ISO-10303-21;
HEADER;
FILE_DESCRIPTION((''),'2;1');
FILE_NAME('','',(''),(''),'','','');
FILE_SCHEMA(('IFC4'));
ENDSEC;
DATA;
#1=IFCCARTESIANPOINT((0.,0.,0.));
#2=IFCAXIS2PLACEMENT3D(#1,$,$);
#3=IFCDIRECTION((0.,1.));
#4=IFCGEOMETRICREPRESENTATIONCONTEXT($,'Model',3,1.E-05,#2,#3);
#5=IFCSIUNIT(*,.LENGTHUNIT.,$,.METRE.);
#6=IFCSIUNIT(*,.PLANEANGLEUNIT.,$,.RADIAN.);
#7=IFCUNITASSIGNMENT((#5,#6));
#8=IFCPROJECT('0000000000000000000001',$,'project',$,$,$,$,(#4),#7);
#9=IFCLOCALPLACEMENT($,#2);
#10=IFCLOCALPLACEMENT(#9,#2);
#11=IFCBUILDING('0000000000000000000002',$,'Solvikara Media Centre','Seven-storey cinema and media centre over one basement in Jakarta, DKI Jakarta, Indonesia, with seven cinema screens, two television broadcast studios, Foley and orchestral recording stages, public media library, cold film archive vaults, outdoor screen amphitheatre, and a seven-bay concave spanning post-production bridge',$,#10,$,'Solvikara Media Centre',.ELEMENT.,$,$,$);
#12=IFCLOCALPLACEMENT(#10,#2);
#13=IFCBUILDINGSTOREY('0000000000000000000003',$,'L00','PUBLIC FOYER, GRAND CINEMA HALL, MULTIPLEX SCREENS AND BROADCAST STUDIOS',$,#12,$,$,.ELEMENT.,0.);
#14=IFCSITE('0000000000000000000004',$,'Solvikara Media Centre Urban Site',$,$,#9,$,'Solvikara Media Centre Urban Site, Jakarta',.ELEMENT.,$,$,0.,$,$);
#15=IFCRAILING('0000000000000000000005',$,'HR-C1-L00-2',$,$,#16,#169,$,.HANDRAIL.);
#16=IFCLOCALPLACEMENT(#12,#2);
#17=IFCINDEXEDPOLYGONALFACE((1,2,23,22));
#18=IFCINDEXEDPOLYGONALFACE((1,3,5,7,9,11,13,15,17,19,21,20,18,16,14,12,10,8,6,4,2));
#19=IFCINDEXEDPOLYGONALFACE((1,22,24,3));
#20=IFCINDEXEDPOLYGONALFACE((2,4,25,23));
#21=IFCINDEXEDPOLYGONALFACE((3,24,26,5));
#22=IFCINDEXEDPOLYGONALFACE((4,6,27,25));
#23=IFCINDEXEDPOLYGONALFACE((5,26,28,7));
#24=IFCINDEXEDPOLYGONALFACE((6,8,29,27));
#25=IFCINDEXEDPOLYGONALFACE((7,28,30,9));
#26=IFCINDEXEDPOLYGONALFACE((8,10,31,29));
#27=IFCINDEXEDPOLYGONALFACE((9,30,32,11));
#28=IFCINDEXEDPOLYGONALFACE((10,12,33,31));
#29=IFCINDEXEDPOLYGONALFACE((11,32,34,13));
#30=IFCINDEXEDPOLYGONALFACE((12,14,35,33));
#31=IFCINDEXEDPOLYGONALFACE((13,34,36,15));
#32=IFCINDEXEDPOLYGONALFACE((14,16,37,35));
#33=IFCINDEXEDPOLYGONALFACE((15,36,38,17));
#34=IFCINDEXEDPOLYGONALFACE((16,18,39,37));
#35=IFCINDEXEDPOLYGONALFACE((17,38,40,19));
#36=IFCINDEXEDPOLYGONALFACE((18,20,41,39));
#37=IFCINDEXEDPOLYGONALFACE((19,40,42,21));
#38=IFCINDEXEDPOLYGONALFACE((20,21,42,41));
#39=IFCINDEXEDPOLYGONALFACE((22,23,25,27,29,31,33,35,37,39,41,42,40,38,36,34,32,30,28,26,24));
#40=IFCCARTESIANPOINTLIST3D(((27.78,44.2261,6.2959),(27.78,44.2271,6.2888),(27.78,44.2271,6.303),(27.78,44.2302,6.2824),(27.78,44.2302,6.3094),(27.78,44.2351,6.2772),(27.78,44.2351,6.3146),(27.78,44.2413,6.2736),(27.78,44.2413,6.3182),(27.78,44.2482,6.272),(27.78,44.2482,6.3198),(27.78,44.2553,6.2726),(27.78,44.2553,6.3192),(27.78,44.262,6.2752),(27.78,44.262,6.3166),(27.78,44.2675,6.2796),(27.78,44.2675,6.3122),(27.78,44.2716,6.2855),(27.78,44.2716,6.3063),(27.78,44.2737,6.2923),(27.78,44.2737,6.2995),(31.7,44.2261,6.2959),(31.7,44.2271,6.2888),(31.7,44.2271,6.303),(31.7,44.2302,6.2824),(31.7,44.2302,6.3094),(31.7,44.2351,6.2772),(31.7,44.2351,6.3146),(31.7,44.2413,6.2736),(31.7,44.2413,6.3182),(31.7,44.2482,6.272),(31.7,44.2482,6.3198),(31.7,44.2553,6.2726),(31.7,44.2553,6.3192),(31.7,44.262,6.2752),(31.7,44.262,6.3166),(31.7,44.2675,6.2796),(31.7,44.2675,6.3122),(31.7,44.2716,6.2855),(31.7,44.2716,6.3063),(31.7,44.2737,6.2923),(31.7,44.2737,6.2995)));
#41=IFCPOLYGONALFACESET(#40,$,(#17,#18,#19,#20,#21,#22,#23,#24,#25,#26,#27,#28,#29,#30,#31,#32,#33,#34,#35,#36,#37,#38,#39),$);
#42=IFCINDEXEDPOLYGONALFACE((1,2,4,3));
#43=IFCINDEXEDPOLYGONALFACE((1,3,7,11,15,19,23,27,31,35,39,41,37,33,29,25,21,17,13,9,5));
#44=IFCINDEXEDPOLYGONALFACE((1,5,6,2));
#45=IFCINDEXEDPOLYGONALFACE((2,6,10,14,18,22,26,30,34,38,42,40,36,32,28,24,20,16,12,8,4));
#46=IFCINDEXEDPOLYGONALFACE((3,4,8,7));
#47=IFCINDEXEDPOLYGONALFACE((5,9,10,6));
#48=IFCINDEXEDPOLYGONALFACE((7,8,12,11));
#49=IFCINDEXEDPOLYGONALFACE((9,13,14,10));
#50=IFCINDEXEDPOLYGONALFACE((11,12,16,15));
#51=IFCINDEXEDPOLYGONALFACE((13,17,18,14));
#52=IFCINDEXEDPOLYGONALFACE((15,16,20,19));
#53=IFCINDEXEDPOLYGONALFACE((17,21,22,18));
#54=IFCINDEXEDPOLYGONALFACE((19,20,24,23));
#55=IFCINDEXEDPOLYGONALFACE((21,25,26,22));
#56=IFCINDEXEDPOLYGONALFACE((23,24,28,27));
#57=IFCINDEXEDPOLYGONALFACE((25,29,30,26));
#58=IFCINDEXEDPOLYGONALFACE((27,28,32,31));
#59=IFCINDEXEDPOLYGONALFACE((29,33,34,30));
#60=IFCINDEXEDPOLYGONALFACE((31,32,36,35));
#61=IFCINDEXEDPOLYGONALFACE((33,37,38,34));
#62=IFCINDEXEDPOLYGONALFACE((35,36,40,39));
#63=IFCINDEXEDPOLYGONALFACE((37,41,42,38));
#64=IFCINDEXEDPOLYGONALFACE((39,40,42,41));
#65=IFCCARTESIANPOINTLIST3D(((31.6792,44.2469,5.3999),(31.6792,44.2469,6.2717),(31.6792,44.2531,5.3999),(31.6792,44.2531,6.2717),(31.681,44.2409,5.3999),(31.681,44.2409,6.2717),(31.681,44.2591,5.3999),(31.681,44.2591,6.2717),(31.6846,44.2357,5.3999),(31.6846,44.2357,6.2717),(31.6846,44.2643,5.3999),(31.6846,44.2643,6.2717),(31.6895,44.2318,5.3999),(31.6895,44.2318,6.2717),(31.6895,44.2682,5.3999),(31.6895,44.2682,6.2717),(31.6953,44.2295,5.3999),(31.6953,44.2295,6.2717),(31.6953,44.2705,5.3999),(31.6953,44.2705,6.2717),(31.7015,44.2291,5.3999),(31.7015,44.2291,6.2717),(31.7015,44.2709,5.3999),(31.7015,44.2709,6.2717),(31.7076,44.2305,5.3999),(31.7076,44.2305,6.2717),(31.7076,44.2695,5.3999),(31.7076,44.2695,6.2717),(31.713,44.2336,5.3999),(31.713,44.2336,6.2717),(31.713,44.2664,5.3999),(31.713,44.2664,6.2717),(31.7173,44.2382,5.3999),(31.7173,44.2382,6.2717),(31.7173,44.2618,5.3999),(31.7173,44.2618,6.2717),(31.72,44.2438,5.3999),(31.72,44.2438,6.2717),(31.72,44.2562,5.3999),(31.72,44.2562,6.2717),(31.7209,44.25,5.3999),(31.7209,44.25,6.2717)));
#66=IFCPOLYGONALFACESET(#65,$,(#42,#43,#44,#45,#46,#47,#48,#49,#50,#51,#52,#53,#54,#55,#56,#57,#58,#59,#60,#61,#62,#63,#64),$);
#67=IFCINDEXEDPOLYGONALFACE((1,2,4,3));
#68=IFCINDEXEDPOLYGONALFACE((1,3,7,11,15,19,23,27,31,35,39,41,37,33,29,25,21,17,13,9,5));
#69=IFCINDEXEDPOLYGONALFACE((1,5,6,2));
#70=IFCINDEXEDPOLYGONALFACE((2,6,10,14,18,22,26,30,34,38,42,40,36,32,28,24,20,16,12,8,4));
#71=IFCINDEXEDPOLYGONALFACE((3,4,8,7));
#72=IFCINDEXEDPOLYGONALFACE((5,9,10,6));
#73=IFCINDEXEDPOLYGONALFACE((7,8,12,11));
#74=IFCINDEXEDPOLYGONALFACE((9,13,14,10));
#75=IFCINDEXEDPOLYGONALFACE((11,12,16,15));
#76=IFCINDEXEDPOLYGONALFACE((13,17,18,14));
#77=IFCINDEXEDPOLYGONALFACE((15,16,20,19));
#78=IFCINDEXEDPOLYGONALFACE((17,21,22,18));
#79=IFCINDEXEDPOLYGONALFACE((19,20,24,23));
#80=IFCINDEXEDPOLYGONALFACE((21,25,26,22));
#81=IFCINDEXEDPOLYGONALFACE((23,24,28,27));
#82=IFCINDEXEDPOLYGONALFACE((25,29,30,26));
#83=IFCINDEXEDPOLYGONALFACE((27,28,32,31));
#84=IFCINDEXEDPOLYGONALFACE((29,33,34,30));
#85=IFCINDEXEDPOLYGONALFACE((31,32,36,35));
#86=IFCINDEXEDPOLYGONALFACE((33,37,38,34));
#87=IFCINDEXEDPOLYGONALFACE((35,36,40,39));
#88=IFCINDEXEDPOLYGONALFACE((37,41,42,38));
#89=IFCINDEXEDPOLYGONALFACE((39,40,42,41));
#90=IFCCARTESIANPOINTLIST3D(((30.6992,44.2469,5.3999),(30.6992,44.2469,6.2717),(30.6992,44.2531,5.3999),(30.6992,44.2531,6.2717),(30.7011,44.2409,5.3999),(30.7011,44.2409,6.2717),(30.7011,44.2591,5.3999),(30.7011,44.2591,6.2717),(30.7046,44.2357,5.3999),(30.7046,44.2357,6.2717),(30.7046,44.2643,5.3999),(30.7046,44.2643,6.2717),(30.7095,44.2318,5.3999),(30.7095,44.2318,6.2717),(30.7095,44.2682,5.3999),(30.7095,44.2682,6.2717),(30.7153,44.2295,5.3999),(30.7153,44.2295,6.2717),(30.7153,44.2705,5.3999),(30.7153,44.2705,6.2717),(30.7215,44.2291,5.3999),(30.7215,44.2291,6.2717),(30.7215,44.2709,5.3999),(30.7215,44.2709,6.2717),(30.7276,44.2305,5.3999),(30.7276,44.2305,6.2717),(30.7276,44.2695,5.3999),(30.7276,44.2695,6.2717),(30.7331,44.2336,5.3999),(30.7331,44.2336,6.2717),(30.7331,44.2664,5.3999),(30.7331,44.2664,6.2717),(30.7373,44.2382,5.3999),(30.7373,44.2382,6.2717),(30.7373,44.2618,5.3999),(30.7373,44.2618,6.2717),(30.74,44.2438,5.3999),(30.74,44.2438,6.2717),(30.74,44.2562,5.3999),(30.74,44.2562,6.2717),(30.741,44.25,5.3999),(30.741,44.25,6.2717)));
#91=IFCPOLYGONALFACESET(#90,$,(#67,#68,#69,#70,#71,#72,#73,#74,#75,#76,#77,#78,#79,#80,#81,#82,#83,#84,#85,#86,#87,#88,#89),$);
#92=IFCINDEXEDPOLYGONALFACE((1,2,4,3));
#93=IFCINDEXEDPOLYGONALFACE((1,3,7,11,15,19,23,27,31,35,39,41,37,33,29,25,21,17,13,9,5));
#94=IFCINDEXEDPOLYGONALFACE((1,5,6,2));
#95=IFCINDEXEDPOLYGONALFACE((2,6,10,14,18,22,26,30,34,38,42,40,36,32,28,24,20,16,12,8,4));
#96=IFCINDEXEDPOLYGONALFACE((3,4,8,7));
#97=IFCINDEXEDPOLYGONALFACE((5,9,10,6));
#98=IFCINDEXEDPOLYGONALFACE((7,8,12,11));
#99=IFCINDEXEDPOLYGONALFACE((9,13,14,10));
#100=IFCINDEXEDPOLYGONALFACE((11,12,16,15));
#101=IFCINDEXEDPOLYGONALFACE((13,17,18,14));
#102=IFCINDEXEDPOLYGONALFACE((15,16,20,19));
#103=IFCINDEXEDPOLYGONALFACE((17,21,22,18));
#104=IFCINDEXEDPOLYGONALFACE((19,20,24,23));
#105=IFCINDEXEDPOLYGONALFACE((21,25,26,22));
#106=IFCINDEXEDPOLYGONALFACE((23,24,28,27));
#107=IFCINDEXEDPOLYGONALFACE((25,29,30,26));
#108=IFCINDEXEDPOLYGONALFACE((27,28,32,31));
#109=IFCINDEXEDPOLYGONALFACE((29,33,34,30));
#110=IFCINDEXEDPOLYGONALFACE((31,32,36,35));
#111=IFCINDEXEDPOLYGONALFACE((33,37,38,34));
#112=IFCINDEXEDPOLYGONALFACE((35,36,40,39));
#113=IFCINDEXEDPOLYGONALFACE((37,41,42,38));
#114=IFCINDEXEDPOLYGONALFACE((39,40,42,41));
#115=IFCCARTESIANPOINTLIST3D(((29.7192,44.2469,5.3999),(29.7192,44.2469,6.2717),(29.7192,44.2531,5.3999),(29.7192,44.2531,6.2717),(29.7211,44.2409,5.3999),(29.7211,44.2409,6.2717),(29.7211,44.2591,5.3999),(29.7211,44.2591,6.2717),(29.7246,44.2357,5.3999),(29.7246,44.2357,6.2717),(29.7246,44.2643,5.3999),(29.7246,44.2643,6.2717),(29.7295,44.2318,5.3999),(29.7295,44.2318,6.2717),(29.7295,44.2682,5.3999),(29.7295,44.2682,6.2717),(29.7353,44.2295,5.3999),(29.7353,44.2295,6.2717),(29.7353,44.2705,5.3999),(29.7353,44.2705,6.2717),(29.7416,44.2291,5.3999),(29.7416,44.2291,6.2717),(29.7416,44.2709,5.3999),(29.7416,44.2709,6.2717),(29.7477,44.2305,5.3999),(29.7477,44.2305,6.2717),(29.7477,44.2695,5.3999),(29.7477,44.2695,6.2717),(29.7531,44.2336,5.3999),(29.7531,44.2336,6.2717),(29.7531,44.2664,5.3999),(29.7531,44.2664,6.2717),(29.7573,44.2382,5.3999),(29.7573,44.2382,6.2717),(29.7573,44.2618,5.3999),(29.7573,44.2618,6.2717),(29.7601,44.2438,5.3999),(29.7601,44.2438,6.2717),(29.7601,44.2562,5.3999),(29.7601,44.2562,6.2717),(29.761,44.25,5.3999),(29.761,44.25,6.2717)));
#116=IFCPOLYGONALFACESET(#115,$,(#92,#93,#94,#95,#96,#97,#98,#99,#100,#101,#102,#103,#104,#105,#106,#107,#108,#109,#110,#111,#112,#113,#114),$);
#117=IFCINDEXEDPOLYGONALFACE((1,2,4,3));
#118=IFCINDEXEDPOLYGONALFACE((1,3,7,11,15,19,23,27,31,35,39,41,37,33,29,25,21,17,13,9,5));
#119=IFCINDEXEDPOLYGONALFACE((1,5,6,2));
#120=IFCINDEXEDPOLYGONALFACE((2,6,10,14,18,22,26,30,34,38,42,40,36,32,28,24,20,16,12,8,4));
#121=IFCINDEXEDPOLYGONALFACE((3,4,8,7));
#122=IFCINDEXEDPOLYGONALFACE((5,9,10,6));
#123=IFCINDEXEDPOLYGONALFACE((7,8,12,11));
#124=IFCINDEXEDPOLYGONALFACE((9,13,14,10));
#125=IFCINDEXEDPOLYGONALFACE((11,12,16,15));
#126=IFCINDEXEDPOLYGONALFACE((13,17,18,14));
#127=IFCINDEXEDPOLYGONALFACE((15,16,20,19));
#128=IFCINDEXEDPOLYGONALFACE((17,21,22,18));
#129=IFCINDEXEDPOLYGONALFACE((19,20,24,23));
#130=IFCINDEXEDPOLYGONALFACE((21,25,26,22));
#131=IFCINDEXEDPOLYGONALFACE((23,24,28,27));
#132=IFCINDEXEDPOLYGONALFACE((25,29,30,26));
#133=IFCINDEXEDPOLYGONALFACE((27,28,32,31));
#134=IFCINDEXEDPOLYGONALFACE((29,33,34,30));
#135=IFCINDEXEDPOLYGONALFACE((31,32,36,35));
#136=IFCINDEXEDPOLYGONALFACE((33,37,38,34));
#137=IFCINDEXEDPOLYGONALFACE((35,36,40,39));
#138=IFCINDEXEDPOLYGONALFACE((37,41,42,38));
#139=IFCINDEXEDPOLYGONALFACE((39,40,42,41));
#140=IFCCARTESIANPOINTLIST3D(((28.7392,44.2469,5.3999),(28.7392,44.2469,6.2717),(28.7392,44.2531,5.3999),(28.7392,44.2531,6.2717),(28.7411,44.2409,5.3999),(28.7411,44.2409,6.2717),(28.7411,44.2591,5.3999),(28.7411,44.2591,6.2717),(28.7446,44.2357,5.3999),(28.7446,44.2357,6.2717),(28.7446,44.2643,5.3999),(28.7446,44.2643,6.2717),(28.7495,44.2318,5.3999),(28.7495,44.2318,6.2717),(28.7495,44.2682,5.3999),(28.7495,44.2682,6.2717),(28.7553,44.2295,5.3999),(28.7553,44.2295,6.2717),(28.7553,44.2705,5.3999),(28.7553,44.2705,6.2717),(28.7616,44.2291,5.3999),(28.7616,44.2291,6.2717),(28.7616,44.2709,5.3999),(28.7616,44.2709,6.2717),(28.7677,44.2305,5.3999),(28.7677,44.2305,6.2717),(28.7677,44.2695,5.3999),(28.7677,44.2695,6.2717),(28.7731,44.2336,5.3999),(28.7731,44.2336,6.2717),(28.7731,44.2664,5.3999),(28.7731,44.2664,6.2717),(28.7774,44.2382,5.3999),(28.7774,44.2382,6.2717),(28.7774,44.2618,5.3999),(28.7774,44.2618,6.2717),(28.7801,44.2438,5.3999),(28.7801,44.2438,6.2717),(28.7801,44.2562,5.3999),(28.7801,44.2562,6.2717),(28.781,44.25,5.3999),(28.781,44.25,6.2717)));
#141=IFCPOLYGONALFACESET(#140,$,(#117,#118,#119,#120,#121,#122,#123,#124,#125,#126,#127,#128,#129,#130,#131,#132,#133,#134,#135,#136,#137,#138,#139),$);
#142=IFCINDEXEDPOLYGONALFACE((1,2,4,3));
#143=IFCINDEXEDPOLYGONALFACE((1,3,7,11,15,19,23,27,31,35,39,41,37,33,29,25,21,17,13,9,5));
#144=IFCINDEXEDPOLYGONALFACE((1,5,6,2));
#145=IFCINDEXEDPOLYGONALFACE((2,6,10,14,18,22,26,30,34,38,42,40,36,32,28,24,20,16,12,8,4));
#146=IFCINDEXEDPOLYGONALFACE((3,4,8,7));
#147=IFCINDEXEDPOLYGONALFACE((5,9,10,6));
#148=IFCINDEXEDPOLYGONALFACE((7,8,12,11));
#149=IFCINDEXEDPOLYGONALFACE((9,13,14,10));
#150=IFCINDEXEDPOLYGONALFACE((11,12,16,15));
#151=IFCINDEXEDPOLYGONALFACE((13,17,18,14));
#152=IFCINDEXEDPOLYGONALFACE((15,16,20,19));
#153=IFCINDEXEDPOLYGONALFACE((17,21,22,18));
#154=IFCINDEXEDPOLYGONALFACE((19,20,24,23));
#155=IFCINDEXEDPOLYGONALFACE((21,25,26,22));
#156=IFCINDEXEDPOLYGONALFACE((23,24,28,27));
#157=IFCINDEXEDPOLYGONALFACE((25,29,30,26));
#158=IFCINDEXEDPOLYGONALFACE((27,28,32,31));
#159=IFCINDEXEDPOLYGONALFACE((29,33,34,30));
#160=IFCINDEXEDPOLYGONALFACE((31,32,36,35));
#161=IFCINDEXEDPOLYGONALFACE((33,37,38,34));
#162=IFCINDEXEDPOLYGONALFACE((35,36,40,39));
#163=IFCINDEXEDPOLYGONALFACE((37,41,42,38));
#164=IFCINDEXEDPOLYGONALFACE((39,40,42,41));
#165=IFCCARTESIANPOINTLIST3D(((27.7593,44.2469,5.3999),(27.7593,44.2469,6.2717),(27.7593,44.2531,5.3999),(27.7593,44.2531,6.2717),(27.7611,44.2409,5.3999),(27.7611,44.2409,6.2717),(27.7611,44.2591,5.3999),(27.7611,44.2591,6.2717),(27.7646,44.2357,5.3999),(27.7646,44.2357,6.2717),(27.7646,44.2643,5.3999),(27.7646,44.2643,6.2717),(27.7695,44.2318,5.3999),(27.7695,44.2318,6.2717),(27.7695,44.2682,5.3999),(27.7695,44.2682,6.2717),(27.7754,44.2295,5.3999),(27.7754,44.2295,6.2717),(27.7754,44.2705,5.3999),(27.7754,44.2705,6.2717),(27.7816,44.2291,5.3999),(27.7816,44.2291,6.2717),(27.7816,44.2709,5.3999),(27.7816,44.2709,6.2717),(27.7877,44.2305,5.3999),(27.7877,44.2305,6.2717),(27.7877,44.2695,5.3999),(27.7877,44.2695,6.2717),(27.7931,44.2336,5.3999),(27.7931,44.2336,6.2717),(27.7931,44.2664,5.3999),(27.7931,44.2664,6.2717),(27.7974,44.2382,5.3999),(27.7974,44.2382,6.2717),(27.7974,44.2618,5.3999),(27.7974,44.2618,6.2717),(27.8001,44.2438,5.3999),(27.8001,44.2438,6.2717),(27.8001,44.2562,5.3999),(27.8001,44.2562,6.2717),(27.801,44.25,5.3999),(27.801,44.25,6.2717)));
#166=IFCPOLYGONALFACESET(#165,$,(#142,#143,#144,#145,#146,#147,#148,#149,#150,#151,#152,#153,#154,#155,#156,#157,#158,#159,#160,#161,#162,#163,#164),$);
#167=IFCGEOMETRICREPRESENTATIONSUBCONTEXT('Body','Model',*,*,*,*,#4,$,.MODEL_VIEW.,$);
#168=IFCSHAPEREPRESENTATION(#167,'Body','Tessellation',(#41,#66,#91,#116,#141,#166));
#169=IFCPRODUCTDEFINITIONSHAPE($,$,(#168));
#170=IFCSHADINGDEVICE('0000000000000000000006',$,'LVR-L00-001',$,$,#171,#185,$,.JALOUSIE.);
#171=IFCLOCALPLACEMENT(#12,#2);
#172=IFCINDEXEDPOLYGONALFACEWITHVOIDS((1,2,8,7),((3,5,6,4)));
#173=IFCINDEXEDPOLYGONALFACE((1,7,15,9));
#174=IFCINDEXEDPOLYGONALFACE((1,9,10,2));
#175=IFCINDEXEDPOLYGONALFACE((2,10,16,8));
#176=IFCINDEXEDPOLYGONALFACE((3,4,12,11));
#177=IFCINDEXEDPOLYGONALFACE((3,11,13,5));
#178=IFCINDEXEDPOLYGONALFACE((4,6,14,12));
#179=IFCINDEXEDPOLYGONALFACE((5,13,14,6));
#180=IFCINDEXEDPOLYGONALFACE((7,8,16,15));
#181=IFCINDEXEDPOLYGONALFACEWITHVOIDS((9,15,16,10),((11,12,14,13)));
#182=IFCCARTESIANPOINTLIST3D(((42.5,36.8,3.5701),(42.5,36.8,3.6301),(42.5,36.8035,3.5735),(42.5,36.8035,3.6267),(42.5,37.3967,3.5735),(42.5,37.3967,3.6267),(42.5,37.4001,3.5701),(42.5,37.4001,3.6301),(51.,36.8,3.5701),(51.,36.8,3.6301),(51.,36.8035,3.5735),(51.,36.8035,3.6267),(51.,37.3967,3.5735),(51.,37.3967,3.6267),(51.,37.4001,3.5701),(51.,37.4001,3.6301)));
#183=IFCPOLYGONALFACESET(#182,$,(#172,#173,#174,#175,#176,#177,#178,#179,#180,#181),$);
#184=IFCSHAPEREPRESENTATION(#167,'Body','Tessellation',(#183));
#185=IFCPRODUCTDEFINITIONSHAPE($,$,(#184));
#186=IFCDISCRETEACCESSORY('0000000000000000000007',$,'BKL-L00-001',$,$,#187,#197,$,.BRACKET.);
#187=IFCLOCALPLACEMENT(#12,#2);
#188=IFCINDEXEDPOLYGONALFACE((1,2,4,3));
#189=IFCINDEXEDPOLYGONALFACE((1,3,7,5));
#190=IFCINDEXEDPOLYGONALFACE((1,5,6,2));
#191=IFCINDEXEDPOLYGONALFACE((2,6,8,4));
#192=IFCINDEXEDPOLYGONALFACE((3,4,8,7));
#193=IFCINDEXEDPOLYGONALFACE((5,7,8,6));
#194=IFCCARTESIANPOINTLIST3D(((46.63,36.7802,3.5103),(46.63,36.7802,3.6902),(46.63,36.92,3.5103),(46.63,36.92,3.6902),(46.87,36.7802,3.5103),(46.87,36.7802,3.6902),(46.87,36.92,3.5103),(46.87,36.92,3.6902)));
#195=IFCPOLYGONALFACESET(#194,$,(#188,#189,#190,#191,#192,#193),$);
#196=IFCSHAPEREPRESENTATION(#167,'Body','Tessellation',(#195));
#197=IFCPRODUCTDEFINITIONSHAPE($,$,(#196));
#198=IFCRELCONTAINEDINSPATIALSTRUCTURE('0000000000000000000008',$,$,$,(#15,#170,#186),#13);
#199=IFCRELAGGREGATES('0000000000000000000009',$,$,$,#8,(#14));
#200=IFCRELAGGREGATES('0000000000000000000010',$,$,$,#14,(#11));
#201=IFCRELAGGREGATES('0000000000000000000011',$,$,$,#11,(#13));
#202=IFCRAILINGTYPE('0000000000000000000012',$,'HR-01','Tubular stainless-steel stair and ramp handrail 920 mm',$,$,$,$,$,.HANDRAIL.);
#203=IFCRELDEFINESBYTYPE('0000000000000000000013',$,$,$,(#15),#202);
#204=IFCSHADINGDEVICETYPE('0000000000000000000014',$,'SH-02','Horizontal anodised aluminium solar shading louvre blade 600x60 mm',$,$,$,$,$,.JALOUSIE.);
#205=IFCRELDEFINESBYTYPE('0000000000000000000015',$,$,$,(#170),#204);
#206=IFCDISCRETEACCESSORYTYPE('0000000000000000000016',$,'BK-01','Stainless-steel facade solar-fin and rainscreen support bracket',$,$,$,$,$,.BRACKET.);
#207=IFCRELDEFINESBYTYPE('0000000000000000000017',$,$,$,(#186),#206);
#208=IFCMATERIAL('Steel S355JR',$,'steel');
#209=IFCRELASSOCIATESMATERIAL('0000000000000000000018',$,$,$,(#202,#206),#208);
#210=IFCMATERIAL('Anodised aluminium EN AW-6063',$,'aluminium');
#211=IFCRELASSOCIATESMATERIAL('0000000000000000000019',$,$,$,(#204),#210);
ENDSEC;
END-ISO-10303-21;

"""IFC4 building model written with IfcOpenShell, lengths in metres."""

from ifc_helpers import new_model, si_unit, direction, frame, origin, origin_2d, place, context, subcontext, project, spatial, rectangle, hollow_rectangle, circle, extrude, material, material_profile, profile_set, type_object, element, save


model = new_model("IFC4")

# Units and contexts
model_context = context("Model", 3, precision=1e-05, world=origin(), true_north=direction((0.0, 1.0)))
body_context = subcontext(model_context, "Body", "Model", "MODEL_VIEW")
ifc_project = project(units=[si_unit("LENGTHUNIT", "METRE"), si_unit("PLANEANGLEUNIT", "RADIAN")], contexts=[model_context])

# Site, building, storey
site_placement = place(None, origin())
site = spatial("IfcSite", under=ifc_project, at=site_placement, Name="Solvikara Media Centre Urban Site", LongName="Solvikara Media Centre Urban Site, Jakarta", CompositionType="ELEMENT", RefElevation=0.0)
building_placement = place(site_placement, origin())
building = spatial("IfcBuilding", under=site, at=building_placement, Name="Solvikara Media Centre", Description="Seven-storey cinema and media centre over one basement in Jakarta, DKI Jakarta, Indonesia, with seven cinema screens, two television broadcast studios, Foley and orchestral recording stages, public media library, cold film archive vaults, outdoor screen amphitheatre, and a seven-bay concave spanning post-production bridge", LongName="Solvikara Media Centre", CompositionType="ELEMENT")
storey_placement = place(building_placement, origin())
storey = spatial("IfcBuildingStorey", under=building, at=storey_placement, Name="L00", Description="PUBLIC FOYER, GRAND CINEMA HALL, MULTIPLEX SCREENS AND BROADCAST STUDIOS", CompositionType="ELEMENT", Elevation=0.0)

# Shared definitions
ifc_material_1 = material(Name="Steel S355JR", Category="steel")

# Shared definitions
ifc_material_2 = material(Name="Anodised aluminium EN AW-6063", Category="aluminium")

# Railing
railing_type_1 = type_object("IfcRailingType", Name="HR-01", Description="Tubular stainless-steel stair and ramp handrail 920 mm", PredefinedType="HANDRAIL", material=ifc_material_1)
railing_1_placement = place(storey_placement, frame((31.7, 44.25, 5.3999)))
element("IfcRailing", 1, at=railing_1_placement, inside=storey, type_object=railing_type_1, Name="HR-C1-L00-2", PredefinedType="HANDRAIL", context=body_context, shape_type="SweptSolid", body=[
    extrude(circle(Radius=0.0239, at=origin_2d()), frame((0.0, 0.0, 0.896), z_axis=(-1.0, 0.0, 0.0), x_axis=(0.0, -1.0, 0.0)), (0.0, 0.0, 1.0), 3.9199),
    extrude(circle(Radius=0.021, at=origin_2d()), origin(), (0.0, 0.0, 1.0), 0.8718),
    extrude(circle(Radius=0.021, at=origin_2d()), frame((-0.98, 0.0, 0.0)), (0.0, 0.0, 1.0), 0.8718),
    extrude(circle(Radius=0.021, at=origin_2d()), frame((-1.96, 0.0, 0.0)), (0.0, 0.0, 1.0), 0.8718),
    extrude(circle(Radius=0.021, at=origin_2d()), frame((-2.9399, 0.0, 0.0)), (0.0, 0.0, 1.0), 0.8718),
    extrude(circle(Radius=0.021, at=origin_2d()), frame((-3.9199, 0.0, 0.0)), (0.0, 0.0, 1.0), 0.8718),
])

# Shading device
ifc_material_profile_1 = material_profile(ifc_material_2, hollow_rectangle(XDim=0.6001, YDim=0.0601, WallThickness=0.0034, at=origin_2d()), Name="ALU-LOUVRE 60x600x3.5")
ifc_profile_set_1 = profile_set([ifc_material_profile_1], Name="Anodised aluminium EN AW-6063")
shading_device_type = type_object("IfcShadingDeviceType", Name="SH-02", Description="Horizontal anodised aluminium solar shading louvre blade 600x60 mm", PredefinedType="JALOUSIE", material=ifc_profile_set_1)
shading_device_placement = place(storey_placement, frame((42.5, 37.1001, 3.6001), z_axis=(1.0, 0.0, 0.0), x_axis=(0.0, 1.0, 0.0)))
element("IfcShadingDevice", 2, at=shading_device_placement, inside=storey, type_object=shading_device_type, Name="LVR-L00-001", PredefinedType="JALOUSIE", context=body_context, shape_type="SweptSolid", body=[
    extrude(hollow_rectangle(XDim=0.6001, YDim=0.0601, WallThickness=0.0034, at=origin_2d()), origin(), (0.0, 0.0, 1.0), 8.5),
])

# Discrete accessory
discrete_accessory_type = type_object("IfcDiscreteAccessoryType", Name="BK-01", Description="Stainless-steel facade solar-fin and rainscreen support bracket", PredefinedType="BRACKET", material=ifc_material_1)
discrete_accessory_placement = place(storey_placement, frame((46.75, 36.8501, 3.5103), z_axis=(0.0, 0.0, 1.0), x_axis=(1.0, 0.0, 0.0)))
element("IfcDiscreteAccessory", 3, at=discrete_accessory_placement, inside=storey, type_object=discrete_accessory_type, Name="BKL-L00-001", PredefinedType="BRACKET", context=body_context, shape_type="SweptSolid", body=[
    extrude(rectangle(XDim=0.24, YDim=0.1399, at=origin_2d()), origin(), (0.0, 0.0, 1.0), 0.1799),
])

save(model, "model.ifc")
